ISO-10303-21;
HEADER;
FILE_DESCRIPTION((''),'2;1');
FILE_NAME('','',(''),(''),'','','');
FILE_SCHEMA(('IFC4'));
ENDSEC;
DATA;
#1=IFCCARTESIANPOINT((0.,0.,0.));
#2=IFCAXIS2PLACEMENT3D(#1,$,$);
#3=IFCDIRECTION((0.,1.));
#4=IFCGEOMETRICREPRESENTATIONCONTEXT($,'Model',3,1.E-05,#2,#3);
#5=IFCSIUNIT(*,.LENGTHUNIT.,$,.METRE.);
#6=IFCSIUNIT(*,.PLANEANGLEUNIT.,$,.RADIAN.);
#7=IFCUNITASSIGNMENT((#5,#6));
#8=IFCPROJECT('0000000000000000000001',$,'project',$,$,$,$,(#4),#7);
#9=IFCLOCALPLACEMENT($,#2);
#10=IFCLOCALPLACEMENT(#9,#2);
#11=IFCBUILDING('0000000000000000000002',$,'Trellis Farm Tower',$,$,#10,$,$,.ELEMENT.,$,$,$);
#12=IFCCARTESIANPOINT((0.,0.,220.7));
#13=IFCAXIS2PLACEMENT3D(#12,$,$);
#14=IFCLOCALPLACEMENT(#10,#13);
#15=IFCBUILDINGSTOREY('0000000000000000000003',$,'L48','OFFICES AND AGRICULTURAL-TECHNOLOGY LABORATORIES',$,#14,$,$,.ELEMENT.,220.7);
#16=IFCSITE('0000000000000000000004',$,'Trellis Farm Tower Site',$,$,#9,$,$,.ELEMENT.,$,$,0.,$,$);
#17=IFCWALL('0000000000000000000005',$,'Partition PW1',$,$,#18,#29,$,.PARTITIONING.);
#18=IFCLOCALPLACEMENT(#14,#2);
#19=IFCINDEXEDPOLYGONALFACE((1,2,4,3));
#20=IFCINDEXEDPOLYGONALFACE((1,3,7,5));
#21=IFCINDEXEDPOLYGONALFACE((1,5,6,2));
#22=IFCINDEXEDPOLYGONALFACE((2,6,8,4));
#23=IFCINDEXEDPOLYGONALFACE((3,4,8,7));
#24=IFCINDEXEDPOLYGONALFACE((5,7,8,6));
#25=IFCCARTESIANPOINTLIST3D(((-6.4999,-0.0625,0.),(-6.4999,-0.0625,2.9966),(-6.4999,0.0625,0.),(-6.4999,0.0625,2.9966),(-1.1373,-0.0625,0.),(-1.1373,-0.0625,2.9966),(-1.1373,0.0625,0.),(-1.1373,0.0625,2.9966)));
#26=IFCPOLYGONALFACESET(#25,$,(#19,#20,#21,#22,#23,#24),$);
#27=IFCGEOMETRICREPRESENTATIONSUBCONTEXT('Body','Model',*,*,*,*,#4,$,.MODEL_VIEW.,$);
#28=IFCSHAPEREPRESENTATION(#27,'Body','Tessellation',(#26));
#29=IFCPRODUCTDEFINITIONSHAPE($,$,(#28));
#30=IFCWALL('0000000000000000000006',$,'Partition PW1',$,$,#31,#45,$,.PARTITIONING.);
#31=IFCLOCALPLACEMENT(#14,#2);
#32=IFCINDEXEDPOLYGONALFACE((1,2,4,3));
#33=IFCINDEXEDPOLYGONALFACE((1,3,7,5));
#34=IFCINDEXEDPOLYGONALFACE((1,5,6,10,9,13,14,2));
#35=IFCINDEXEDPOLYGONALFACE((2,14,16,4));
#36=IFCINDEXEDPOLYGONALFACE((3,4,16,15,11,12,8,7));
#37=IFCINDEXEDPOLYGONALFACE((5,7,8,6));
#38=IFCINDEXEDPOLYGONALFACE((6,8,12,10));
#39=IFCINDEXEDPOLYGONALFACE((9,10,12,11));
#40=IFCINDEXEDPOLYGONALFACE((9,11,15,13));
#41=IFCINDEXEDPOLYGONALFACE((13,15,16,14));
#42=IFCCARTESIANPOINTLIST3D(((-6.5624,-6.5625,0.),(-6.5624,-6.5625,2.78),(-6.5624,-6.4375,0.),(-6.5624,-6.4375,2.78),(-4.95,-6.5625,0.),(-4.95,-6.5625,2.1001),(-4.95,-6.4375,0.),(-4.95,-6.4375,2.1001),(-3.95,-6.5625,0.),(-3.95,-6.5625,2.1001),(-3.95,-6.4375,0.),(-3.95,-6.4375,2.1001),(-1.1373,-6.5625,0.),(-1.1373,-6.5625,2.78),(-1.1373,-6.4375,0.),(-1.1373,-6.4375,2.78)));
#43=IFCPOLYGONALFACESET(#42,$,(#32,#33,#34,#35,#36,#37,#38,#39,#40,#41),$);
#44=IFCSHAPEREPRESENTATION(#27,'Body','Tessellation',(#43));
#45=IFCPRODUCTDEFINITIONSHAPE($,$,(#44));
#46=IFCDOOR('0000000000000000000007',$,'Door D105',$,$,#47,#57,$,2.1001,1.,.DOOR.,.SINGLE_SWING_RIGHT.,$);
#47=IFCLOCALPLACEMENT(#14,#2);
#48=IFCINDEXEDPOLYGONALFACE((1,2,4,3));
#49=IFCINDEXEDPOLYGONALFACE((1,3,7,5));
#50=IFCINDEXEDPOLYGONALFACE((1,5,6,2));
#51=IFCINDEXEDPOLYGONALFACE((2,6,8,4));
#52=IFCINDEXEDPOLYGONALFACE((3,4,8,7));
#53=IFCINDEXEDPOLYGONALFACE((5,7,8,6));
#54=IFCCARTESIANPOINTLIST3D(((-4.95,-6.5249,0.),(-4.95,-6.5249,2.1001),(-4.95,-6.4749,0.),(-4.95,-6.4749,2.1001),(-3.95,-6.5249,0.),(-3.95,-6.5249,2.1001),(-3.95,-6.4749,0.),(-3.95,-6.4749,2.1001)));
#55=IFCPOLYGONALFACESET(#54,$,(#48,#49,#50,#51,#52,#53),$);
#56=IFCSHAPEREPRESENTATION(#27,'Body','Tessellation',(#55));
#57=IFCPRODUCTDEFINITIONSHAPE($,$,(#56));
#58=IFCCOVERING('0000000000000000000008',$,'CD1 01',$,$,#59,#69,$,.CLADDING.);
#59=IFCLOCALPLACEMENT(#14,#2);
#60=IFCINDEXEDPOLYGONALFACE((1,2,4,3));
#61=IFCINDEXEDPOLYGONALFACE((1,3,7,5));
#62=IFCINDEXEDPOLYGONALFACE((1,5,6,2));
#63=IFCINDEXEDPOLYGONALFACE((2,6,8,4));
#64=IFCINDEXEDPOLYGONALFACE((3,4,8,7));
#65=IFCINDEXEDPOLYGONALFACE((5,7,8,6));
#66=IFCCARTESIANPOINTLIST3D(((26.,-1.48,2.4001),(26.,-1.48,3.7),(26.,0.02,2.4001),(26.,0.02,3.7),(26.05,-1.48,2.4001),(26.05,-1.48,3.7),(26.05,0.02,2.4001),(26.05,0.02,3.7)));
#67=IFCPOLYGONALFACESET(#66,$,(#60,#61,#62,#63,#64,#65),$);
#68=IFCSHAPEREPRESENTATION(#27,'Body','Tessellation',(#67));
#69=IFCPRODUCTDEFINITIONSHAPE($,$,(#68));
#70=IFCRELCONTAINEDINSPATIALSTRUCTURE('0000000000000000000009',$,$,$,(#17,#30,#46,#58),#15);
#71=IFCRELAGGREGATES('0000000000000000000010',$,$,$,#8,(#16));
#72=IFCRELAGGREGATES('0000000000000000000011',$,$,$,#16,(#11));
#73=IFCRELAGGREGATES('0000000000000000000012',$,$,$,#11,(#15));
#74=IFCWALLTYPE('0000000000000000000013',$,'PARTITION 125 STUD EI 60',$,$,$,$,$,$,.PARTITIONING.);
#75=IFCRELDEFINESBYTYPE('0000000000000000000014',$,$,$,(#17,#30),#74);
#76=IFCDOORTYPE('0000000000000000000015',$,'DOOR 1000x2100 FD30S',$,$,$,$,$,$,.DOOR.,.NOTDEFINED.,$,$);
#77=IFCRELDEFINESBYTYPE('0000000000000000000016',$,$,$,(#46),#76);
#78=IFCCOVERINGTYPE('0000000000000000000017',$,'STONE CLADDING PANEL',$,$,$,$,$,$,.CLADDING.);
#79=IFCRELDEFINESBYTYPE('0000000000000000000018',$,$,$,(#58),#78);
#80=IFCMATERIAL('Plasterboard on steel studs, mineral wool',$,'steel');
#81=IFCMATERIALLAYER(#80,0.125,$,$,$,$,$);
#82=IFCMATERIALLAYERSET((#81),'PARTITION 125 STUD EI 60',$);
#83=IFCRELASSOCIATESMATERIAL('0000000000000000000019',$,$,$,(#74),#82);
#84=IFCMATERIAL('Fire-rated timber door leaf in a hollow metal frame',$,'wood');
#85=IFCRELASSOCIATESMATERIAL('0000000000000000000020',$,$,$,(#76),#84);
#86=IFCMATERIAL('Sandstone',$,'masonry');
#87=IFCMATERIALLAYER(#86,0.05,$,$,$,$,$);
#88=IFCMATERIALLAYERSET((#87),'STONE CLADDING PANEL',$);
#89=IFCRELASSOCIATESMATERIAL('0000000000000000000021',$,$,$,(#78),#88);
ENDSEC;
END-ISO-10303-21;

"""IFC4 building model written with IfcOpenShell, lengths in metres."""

from ifc_helpers import new_model, si_unit, direction, frame, frame_2d, origin, place, context, subcontext, project, spatial, polyline, rectangle, outline, extrude, source, transform, mapped, material, layer, layer_set, type_object, element, fill, save


model = new_model("IFC4")

# Units and contexts
model_context = context("Model", 3, precision=1e-05, world=origin(), true_north=direction((0.0, 1.0)))
body_context = subcontext(model_context, "Body", "Model", "MODEL_VIEW")
ifc_project = project(units=[si_unit("LENGTHUNIT", "METRE"), si_unit("PLANEANGLEUNIT", "RADIAN")], contexts=[model_context])

# Site, building, storey
site_placement = place(None, origin())
site = spatial("IfcSite", under=ifc_project, at=site_placement, Name="Trellis Farm Tower Site", CompositionType="ELEMENT", RefElevation=0.0)
building_placement = place(site_placement, origin())
building = spatial("IfcBuilding", under=site, at=building_placement, Name="Trellis Farm Tower", CompositionType="ELEMENT")
storey_placement = place(building_placement, frame((0.0, 0.0, 220.7)))
storey = spatial("IfcBuildingStorey", under=building, at=storey_placement, Name="L48", Description="OFFICES AND AGRICULTURAL-TECHNOLOGY LABORATORIES", CompositionType="ELEMENT", Elevation=220.7)

# Shared definitions
ifc_material_1 = material(Name="Plasterboard on steel studs, mineral wool", Category="steel")
ifc_layer_1 = layer(ifc_material_1, 0.125)
ifc_layer_set_1 = layer_set([ifc_layer_1], Name="PARTITION 125 STUD EI 60")
wall_type = type_object("IfcWallType", Name="PARTITION 125 STUD EI 60", PredefinedType="PARTITIONING", material=ifc_layer_set_1)

# Shared definitions
shared_shape_1 = source(origin(), body_context, "Body", "SweptSolid", [
    extrude(rectangle(XDim=5.3625, YDim=0.125, at=frame_2d((2.6812, 0.0))), origin(), (0.0, 0.0, 1.0), 2.9966),
])
shared_shape_2 = source(origin(), body_context, "Body", "SweptSolid", [
    extrude(rectangle(XDim=1.0, YDim=2.1001, at=frame_2d((0.5, 1.05))), frame((0.0, 0.0725, 0.0), z_axis=(0.0, -1.0, 0.0), x_axis=(1.0, 0.0, 0.0)), (0.0, 0.0, 1.0), 0.145),
])
ifc_material_2 = material(Name="Fire-rated timber door leaf in a hollow metal frame", Category="wood")
door_type = type_object("IfcDoorType", Name="DOOR 1000x2100 FD30S", OperationType="NOTDEFINED", PredefinedType="DOOR", material=ifc_material_2)
shared_shape_3 = source(origin(), body_context, "Body", "SweptSolid", [
    extrude(rectangle(XDim=1.0, YDim=2.1001, at=frame_2d((0.5, 1.05))), frame((0.0, 0.0249, 0.0), z_axis=(0.0, -1.0, 0.0), x_axis=(1.0, 0.0, 0.0)), (0.0, 0.0, 1.0), 0.05),
])

# Wall
wall_1_placement = place(storey_placement, frame((-1.1375, 0.0, 0.0), z_axis=(0.0, 0.0, 1.0), x_axis=(-1.0, 0.0, 0.0)))
element("IfcWall", 1, at=wall_1_placement, inside=storey, type_object=wall_type, Name="Partition PW1", PredefinedType="PARTITIONING", context=body_context, shape_type="MappedRepresentation", body=[
    mapped(shared_shape_1, transform((0.0, 0.0, 0.0))),
])

# Wall, opening, door
shared_shape_4 = source(origin(), body_context, "Body", "SweptSolid", [
    extrude(rectangle(XDim=5.425, YDim=0.125, at=frame_2d((2.7124, 0.0))), origin(), (0.0, 0.0, 1.0), 2.78),
])
wall_2_placement = place(storey_placement, frame((-1.1375, -6.5, 0.0), z_axis=(0.0, 0.0, 1.0), x_axis=(-1.0, 0.0, 0.0)))
wall_2 = element("IfcWall", 2, at=wall_2_placement, inside=storey, type_object=wall_type, Name="Partition PW1", PredefinedType="PARTITIONING", context=body_context, shape_type="MappedRepresentation", body=[
    mapped(shared_shape_4, transform((0.0, 0.0, 0.0))),
])
opening_1_placement = place(wall_2_placement, frame((2.8125, 0.0, 0.0)))
opening_1 = element("IfcOpeningElement", 3, at=opening_1_placement, cuts=wall_2, PredefinedType="OPENING", context=body_context, shape_type="MappedRepresentation", body=[
    mapped(shared_shape_2, transform((0.0, 0.0, 0.0))),
])
door_1_placement = place(opening_1_placement, origin())
door_1 = element("IfcDoor", 4, at=door_1_placement, inside=storey, type_object=door_type, Name="Door D105", OperationType="SINGLE_SWING_RIGHT", OverallHeight=2.1001, OverallWidth=1.0, PredefinedType="DOOR", context=body_context, shape_type="MappedRepresentation", body=[
    mapped(shared_shape_3, transform((0.0, 0.0, 0.0))),
])
fill(opening_1, door_1)

# Covering
ifc_material_3 = material(Name="Sandstone", Category="masonry")
ifc_layer_2 = layer(ifc_material_3, 0.05)
ifc_layer_set_2 = layer_set([ifc_layer_2], Name="STONE CLADDING PANEL")
covering_type = type_object("IfcCoveringType", Name="STONE CLADDING PANEL", PredefinedType="CLADDING", material=ifc_layer_set_2)
covering_placement = place(storey_placement, frame((0.0, 0.0, 2.4001)))
element("IfcCovering", 5, at=covering_placement, inside=storey, type_object=covering_type, Name="CD1 01", PredefinedType="CLADDING", context=body_context, shape_type="SweptSolid", body=[
    extrude(outline(polyline([(26.05, -1.48), (26.05, 0.02), (26.0, 0.02), (26.0, -1.48), (26.05, -1.48)])), origin(), (0.0, 0.0, 1.0), 1.2998),
])

save(model, "model.ifc")
